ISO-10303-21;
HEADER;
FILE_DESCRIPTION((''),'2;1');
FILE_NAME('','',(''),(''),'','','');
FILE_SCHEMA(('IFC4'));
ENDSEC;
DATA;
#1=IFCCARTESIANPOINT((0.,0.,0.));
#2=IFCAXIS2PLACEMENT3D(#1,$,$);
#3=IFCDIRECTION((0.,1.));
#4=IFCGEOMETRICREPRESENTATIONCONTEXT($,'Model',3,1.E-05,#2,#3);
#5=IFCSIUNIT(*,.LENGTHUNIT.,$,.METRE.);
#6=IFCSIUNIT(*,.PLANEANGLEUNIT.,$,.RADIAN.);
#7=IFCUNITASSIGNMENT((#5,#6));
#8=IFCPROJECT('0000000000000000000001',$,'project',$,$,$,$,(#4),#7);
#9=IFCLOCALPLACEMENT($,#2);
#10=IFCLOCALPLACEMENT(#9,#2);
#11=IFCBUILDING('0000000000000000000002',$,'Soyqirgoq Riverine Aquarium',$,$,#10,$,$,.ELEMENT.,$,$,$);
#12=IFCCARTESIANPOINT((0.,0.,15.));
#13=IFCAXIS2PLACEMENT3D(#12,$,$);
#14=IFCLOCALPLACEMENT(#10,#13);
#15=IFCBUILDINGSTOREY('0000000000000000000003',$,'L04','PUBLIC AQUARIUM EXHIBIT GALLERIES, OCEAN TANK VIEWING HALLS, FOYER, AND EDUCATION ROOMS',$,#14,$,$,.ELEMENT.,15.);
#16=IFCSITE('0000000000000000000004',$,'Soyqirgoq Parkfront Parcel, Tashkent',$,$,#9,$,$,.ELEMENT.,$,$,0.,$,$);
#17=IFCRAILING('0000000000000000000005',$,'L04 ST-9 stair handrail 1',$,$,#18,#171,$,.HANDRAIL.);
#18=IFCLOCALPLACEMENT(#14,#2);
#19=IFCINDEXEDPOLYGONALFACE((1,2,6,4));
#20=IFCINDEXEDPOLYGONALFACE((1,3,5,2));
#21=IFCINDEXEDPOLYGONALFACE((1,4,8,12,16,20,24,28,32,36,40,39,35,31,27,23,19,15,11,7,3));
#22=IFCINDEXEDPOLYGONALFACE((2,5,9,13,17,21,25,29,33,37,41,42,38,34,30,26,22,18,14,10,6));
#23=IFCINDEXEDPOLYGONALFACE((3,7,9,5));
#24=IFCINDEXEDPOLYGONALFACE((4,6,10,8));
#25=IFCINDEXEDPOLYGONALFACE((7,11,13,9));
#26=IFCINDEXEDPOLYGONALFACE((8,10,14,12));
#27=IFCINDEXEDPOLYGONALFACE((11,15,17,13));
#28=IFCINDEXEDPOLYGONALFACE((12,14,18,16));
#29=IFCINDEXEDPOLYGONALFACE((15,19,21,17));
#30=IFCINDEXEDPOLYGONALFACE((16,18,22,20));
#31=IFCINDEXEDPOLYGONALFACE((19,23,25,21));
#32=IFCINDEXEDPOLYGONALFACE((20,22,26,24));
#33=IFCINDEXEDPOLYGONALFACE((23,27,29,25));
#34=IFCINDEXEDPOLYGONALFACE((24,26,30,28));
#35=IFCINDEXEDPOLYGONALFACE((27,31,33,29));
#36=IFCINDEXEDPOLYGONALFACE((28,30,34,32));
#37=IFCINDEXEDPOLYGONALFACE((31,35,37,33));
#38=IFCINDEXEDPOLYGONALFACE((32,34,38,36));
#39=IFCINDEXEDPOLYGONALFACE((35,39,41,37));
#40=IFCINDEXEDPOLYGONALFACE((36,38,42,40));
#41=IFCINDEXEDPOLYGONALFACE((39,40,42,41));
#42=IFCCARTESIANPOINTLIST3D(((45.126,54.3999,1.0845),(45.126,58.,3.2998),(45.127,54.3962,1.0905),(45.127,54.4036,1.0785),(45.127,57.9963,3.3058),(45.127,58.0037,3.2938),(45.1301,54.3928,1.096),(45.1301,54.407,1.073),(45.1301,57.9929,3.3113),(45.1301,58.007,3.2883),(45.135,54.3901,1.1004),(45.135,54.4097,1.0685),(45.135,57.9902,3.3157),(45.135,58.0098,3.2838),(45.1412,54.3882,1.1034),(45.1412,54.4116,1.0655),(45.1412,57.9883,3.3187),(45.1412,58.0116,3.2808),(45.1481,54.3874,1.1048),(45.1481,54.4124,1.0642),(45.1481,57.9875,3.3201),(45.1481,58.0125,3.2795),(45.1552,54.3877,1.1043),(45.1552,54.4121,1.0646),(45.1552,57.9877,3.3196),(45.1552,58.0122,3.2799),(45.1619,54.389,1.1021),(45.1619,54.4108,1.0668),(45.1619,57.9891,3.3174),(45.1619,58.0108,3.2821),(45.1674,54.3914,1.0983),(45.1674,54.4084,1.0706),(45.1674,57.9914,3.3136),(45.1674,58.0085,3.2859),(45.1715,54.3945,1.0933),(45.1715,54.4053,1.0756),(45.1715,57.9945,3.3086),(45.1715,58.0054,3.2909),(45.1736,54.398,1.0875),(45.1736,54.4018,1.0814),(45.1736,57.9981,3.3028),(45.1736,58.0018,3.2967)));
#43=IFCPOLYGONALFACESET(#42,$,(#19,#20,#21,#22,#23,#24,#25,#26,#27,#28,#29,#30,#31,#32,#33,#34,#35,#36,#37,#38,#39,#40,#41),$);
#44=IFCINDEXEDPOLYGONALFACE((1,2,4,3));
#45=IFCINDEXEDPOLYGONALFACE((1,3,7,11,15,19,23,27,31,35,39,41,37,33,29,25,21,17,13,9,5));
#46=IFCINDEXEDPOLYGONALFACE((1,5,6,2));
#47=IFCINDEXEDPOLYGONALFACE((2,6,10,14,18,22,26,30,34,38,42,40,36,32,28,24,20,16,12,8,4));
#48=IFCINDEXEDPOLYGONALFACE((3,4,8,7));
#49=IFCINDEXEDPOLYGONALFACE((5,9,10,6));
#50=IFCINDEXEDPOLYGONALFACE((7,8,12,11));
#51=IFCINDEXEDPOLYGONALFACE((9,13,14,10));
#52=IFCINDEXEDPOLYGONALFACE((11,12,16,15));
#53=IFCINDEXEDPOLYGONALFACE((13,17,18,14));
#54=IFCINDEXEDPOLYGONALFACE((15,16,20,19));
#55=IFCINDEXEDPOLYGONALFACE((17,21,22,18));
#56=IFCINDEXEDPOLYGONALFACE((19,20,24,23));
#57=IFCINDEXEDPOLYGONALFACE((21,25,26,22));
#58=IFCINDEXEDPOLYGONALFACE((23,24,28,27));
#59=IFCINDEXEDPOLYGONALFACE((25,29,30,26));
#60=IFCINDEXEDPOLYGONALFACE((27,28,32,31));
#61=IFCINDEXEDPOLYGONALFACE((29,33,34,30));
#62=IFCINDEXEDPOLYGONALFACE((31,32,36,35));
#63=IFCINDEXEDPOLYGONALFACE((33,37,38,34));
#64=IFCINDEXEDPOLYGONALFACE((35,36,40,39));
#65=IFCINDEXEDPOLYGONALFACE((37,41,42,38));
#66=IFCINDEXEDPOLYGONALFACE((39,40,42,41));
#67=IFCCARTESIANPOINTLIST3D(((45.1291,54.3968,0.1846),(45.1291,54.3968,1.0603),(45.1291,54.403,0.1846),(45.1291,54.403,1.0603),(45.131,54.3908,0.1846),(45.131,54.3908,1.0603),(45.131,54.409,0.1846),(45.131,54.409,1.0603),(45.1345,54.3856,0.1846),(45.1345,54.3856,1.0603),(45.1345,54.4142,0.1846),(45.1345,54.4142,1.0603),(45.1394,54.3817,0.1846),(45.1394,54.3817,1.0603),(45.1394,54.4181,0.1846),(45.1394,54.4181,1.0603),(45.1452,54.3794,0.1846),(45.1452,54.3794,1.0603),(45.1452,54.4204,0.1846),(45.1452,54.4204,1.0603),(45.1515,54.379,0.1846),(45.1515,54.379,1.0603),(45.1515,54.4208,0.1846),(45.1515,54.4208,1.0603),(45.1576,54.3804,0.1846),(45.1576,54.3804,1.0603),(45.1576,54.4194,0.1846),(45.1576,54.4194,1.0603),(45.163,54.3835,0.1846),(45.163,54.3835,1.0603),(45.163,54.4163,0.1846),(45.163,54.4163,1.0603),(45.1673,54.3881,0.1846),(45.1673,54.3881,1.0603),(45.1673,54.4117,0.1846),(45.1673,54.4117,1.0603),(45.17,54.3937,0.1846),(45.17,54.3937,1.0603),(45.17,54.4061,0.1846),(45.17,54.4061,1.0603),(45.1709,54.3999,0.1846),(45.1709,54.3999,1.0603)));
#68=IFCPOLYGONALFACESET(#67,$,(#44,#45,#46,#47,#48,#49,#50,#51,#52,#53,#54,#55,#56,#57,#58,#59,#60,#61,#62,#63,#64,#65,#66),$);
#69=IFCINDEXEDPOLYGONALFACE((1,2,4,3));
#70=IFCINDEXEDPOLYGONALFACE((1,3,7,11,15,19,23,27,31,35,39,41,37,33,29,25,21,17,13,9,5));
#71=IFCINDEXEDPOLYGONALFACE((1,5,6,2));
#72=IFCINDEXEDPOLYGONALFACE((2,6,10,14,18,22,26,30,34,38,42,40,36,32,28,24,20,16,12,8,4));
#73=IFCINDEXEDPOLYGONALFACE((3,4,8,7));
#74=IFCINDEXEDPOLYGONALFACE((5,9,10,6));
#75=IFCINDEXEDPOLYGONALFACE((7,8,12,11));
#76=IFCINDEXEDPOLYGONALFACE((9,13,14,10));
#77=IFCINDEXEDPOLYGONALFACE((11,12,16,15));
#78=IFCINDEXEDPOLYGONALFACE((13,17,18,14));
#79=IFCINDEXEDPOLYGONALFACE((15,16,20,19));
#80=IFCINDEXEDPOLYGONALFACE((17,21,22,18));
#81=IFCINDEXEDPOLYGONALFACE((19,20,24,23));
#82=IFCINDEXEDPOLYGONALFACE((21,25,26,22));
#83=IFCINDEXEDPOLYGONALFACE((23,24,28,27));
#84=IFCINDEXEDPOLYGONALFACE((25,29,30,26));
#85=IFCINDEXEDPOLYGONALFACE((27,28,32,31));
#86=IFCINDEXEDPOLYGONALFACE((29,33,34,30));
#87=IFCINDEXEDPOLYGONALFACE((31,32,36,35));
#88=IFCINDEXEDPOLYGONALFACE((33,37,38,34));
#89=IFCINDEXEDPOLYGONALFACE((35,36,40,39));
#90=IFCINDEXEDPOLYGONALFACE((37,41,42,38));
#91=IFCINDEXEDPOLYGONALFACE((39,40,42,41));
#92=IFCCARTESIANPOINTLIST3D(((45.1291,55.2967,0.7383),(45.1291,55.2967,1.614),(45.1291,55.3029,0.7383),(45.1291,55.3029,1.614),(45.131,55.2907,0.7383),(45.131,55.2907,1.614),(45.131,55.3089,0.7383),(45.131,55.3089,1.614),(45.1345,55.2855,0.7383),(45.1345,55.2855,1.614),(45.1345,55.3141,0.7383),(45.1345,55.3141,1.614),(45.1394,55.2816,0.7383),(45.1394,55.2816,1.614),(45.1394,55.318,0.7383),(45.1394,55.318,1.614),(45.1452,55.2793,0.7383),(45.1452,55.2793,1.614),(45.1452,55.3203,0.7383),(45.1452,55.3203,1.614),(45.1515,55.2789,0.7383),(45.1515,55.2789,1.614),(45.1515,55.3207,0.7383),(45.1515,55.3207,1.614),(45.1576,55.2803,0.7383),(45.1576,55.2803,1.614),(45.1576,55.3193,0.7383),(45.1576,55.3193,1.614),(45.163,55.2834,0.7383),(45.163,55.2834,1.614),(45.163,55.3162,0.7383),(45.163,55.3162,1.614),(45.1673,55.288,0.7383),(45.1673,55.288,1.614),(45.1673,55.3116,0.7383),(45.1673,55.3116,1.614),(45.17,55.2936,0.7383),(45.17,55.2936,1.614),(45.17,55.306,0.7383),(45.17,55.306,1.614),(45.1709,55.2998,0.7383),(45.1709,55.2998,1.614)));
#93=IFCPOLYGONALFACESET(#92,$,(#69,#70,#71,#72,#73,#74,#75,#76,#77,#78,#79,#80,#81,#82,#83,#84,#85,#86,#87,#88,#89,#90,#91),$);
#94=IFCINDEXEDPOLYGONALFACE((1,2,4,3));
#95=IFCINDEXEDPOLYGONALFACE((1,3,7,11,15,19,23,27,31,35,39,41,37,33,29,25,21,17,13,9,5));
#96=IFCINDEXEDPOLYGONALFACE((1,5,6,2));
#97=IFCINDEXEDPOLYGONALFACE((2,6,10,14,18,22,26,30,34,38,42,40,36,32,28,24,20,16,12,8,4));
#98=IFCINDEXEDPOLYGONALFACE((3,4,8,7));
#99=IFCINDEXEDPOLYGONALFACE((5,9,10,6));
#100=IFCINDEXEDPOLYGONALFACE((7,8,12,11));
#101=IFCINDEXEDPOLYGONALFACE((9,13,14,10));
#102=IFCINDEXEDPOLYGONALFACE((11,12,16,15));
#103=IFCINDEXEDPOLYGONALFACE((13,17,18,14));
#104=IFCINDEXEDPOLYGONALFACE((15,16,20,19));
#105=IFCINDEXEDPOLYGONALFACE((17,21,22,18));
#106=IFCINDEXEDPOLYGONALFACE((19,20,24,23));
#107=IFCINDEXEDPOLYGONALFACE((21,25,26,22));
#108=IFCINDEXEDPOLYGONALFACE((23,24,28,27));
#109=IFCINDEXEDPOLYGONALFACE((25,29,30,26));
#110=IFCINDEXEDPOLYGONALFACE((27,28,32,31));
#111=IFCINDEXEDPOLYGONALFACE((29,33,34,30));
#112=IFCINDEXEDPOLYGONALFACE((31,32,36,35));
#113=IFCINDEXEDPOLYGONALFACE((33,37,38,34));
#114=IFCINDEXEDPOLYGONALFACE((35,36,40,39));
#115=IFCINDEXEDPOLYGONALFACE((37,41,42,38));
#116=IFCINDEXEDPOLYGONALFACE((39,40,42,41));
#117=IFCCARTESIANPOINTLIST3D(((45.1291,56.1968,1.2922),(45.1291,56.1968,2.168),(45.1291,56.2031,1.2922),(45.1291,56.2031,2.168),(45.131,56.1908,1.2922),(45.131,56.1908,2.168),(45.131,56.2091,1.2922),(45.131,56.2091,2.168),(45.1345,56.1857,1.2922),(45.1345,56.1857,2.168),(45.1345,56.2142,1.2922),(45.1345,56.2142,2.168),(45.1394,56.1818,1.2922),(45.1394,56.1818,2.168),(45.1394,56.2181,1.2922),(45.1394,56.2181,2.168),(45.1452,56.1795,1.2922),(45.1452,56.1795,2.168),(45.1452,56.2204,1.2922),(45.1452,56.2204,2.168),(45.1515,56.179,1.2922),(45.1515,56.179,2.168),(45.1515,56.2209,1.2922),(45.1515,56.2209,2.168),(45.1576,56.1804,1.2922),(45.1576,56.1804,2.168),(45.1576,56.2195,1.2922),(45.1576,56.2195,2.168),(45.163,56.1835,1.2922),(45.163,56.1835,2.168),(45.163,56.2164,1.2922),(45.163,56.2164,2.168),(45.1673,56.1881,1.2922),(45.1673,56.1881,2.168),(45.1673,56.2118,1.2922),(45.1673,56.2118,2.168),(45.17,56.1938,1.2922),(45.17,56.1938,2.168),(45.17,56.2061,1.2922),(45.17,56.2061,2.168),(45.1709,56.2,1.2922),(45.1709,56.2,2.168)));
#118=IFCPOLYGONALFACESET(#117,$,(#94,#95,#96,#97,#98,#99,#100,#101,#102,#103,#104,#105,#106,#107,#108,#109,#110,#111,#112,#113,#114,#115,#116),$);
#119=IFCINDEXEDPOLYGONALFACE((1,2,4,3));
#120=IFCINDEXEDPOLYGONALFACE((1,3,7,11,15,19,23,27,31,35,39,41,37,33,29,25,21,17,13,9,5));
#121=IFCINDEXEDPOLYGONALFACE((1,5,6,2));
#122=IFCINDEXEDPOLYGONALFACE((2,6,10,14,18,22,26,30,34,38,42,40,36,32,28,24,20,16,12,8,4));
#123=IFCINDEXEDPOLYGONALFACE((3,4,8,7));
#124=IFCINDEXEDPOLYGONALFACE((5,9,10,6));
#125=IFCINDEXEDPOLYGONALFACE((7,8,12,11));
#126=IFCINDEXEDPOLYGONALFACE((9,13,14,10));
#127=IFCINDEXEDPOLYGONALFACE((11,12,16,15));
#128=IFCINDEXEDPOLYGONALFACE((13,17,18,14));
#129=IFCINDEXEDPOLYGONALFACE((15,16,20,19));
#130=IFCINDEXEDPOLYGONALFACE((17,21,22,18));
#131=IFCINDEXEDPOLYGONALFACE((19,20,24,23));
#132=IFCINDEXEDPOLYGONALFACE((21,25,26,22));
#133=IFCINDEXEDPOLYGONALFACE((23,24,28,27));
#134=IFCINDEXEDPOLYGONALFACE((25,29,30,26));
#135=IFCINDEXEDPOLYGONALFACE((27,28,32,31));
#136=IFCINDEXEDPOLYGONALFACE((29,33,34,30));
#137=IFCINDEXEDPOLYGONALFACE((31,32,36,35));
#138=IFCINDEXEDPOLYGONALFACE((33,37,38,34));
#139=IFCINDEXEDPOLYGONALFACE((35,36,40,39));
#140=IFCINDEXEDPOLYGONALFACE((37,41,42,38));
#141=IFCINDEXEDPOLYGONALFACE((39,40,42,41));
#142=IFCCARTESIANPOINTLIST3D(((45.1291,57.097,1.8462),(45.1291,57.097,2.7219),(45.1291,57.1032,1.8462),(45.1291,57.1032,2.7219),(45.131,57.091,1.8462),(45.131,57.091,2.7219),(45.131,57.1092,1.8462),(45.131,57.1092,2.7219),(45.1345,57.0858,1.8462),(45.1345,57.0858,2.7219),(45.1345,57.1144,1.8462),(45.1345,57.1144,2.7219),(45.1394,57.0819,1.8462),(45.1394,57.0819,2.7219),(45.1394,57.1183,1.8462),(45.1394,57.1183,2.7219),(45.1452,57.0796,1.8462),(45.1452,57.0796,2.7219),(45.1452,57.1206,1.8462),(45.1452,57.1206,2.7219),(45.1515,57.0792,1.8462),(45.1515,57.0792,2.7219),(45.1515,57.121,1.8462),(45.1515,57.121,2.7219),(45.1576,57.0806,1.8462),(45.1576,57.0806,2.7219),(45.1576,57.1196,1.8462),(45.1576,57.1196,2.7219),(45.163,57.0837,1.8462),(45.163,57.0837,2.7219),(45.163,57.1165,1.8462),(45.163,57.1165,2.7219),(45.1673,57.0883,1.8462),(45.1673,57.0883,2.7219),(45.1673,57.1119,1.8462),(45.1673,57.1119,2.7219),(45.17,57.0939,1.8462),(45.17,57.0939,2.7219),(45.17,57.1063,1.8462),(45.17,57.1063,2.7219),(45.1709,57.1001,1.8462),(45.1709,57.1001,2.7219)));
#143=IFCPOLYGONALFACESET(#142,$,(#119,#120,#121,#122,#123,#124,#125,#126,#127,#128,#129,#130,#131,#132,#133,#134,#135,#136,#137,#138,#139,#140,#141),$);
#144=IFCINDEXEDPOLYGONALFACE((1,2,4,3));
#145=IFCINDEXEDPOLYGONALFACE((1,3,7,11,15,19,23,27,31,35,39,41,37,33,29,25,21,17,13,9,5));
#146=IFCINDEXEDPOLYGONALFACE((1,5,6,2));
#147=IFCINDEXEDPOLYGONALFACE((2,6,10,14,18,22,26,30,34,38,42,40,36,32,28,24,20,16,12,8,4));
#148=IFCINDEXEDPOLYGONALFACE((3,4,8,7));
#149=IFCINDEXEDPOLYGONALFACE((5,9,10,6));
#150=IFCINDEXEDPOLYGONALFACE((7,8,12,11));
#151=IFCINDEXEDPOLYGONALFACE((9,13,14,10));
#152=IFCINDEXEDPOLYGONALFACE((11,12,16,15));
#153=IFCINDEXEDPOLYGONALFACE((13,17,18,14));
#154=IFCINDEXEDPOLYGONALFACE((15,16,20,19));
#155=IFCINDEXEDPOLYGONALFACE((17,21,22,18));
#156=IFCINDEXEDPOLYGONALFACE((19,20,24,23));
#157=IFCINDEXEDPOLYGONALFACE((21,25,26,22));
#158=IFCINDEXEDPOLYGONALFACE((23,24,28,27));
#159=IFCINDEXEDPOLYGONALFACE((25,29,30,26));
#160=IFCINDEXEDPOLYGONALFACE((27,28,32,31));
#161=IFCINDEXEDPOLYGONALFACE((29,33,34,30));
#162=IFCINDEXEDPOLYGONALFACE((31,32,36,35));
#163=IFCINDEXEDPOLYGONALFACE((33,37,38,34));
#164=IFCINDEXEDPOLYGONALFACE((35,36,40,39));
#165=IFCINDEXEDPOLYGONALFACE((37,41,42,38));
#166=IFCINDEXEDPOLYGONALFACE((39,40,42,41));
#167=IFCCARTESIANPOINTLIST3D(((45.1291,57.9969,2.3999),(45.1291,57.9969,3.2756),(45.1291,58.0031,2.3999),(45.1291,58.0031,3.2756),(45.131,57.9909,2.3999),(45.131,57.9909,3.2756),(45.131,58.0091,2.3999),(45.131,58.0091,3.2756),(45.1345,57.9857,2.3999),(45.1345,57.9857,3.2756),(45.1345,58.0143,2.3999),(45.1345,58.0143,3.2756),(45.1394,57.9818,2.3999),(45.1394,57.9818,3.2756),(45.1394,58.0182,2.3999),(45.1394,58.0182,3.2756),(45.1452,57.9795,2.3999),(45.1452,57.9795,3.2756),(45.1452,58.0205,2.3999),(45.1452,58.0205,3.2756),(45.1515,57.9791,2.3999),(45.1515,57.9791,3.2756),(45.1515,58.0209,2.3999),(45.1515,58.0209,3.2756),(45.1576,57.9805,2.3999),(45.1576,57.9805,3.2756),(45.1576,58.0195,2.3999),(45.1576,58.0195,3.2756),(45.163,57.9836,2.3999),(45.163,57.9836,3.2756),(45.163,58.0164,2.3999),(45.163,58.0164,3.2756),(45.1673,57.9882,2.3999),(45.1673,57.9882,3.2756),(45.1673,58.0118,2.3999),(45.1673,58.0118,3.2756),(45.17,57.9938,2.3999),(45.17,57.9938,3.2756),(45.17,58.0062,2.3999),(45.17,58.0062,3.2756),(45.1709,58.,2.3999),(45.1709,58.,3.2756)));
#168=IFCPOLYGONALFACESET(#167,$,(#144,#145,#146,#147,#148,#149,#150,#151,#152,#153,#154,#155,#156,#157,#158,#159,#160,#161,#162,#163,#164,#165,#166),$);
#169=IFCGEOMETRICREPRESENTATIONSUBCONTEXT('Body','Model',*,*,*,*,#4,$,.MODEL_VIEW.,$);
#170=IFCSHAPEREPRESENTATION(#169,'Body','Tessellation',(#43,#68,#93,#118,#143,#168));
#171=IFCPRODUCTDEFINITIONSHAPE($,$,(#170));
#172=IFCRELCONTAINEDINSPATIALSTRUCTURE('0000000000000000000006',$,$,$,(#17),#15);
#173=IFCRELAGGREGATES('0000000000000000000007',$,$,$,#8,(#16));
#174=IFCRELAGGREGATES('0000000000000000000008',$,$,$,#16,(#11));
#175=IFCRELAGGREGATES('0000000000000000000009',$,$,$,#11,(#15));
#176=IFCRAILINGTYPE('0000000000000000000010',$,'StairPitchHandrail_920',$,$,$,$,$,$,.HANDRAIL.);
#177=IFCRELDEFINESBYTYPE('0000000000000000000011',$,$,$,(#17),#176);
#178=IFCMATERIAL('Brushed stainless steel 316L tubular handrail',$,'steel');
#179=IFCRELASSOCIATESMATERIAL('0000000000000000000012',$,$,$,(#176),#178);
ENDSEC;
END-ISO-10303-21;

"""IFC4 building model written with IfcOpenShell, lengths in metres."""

from ifc_helpers import new_model, si_unit, direction, frame, origin, origin_2d, place, context, subcontext, project, spatial, circle, extrude, material, type_object, element, save


model = new_model("IFC4")

# Units and contexts
model_context = context("Model", 3, precision=1e-05, world=origin(), true_north=direction((0.0, 1.0)))
body_context = subcontext(model_context, "Body", "Model", "MODEL_VIEW")
ifc_project = project(units=[si_unit("LENGTHUNIT", "METRE"), si_unit("PLANEANGLEUNIT", "RADIAN")], contexts=[model_context])

# Site, building, storey
site_placement = place(None, origin())
site = spatial("IfcSite", under=ifc_project, at=site_placement, Name="Soyqirgoq Parkfront Parcel, Tashkent", CompositionType="ELEMENT", RefElevation=0.0)
building_placement = place(site_placement, origin())
building = spatial("IfcBuilding", under=site, at=building_placement, Name="Soyqirgoq Riverine Aquarium", CompositionType="ELEMENT")
storey_placement = place(building_placement, frame((0.0, 0.0, 15.0)))
storey = spatial("IfcBuildingStorey", under=building, at=storey_placement, Name="L04", Description="PUBLIC AQUARIUM EXHIBIT GALLERIES, OCEAN TANK VIEWING HALLS, FOYER, AND EDUCATION ROOMS", CompositionType="ELEMENT", Elevation=15.0)

# Railing
ifc_material_1 = material(Name="Brushed stainless steel 316L tubular handrail", Category="steel")
railing_type_1 = type_object("IfcRailingType", Name="StairPitchHandrail_920", PredefinedType="HANDRAIL", material=ifc_material_1)
railing_1_placement = place(storey_placement, frame((45.1499, 54.3999, 0.1846)))
element("IfcRailing", 1, at=railing_1_placement, inside=storey, type_object=railing_type_1, Name="L04 ST-9 stair handrail 1", PredefinedType="HANDRAIL", context=body_context, shape_type="SweptSolid", body=[
    extrude(circle(Radius=0.0239, at=origin_2d()), frame((0.0, 0.0, 0.8999), z_axis=(0.0, 0.85167, 0.524078), x_axis=(-1.0, 0.0, 0.0)), (0.0, 0.0, 1.0), 4.2271),
    extrude(circle(Radius=0.021, at=origin_2d()), origin(), (0.0, 0.0, 1.0), 0.8757),
    extrude(circle(Radius=0.021, at=origin_2d()), frame((0.0, 0.8999, 0.5537)), (0.0, 0.0, 1.0), 0.8757),
    extrude(circle(Radius=0.021, at=origin_2d()), frame((0.0, 1.8, 1.1077)), (0.0, 0.0, 1.0), 0.8757),
    extrude(circle(Radius=0.021, at=origin_2d()), frame((0.0, 2.7002, 1.6616)), (0.0, 0.0, 1.0), 0.8757),
    extrude(circle(Radius=0.021, at=origin_2d()), frame((0.0, 3.6001, 2.2153)), (0.0, 0.0, 1.0), 0.8757),
])

save(model, "model.ifc")
